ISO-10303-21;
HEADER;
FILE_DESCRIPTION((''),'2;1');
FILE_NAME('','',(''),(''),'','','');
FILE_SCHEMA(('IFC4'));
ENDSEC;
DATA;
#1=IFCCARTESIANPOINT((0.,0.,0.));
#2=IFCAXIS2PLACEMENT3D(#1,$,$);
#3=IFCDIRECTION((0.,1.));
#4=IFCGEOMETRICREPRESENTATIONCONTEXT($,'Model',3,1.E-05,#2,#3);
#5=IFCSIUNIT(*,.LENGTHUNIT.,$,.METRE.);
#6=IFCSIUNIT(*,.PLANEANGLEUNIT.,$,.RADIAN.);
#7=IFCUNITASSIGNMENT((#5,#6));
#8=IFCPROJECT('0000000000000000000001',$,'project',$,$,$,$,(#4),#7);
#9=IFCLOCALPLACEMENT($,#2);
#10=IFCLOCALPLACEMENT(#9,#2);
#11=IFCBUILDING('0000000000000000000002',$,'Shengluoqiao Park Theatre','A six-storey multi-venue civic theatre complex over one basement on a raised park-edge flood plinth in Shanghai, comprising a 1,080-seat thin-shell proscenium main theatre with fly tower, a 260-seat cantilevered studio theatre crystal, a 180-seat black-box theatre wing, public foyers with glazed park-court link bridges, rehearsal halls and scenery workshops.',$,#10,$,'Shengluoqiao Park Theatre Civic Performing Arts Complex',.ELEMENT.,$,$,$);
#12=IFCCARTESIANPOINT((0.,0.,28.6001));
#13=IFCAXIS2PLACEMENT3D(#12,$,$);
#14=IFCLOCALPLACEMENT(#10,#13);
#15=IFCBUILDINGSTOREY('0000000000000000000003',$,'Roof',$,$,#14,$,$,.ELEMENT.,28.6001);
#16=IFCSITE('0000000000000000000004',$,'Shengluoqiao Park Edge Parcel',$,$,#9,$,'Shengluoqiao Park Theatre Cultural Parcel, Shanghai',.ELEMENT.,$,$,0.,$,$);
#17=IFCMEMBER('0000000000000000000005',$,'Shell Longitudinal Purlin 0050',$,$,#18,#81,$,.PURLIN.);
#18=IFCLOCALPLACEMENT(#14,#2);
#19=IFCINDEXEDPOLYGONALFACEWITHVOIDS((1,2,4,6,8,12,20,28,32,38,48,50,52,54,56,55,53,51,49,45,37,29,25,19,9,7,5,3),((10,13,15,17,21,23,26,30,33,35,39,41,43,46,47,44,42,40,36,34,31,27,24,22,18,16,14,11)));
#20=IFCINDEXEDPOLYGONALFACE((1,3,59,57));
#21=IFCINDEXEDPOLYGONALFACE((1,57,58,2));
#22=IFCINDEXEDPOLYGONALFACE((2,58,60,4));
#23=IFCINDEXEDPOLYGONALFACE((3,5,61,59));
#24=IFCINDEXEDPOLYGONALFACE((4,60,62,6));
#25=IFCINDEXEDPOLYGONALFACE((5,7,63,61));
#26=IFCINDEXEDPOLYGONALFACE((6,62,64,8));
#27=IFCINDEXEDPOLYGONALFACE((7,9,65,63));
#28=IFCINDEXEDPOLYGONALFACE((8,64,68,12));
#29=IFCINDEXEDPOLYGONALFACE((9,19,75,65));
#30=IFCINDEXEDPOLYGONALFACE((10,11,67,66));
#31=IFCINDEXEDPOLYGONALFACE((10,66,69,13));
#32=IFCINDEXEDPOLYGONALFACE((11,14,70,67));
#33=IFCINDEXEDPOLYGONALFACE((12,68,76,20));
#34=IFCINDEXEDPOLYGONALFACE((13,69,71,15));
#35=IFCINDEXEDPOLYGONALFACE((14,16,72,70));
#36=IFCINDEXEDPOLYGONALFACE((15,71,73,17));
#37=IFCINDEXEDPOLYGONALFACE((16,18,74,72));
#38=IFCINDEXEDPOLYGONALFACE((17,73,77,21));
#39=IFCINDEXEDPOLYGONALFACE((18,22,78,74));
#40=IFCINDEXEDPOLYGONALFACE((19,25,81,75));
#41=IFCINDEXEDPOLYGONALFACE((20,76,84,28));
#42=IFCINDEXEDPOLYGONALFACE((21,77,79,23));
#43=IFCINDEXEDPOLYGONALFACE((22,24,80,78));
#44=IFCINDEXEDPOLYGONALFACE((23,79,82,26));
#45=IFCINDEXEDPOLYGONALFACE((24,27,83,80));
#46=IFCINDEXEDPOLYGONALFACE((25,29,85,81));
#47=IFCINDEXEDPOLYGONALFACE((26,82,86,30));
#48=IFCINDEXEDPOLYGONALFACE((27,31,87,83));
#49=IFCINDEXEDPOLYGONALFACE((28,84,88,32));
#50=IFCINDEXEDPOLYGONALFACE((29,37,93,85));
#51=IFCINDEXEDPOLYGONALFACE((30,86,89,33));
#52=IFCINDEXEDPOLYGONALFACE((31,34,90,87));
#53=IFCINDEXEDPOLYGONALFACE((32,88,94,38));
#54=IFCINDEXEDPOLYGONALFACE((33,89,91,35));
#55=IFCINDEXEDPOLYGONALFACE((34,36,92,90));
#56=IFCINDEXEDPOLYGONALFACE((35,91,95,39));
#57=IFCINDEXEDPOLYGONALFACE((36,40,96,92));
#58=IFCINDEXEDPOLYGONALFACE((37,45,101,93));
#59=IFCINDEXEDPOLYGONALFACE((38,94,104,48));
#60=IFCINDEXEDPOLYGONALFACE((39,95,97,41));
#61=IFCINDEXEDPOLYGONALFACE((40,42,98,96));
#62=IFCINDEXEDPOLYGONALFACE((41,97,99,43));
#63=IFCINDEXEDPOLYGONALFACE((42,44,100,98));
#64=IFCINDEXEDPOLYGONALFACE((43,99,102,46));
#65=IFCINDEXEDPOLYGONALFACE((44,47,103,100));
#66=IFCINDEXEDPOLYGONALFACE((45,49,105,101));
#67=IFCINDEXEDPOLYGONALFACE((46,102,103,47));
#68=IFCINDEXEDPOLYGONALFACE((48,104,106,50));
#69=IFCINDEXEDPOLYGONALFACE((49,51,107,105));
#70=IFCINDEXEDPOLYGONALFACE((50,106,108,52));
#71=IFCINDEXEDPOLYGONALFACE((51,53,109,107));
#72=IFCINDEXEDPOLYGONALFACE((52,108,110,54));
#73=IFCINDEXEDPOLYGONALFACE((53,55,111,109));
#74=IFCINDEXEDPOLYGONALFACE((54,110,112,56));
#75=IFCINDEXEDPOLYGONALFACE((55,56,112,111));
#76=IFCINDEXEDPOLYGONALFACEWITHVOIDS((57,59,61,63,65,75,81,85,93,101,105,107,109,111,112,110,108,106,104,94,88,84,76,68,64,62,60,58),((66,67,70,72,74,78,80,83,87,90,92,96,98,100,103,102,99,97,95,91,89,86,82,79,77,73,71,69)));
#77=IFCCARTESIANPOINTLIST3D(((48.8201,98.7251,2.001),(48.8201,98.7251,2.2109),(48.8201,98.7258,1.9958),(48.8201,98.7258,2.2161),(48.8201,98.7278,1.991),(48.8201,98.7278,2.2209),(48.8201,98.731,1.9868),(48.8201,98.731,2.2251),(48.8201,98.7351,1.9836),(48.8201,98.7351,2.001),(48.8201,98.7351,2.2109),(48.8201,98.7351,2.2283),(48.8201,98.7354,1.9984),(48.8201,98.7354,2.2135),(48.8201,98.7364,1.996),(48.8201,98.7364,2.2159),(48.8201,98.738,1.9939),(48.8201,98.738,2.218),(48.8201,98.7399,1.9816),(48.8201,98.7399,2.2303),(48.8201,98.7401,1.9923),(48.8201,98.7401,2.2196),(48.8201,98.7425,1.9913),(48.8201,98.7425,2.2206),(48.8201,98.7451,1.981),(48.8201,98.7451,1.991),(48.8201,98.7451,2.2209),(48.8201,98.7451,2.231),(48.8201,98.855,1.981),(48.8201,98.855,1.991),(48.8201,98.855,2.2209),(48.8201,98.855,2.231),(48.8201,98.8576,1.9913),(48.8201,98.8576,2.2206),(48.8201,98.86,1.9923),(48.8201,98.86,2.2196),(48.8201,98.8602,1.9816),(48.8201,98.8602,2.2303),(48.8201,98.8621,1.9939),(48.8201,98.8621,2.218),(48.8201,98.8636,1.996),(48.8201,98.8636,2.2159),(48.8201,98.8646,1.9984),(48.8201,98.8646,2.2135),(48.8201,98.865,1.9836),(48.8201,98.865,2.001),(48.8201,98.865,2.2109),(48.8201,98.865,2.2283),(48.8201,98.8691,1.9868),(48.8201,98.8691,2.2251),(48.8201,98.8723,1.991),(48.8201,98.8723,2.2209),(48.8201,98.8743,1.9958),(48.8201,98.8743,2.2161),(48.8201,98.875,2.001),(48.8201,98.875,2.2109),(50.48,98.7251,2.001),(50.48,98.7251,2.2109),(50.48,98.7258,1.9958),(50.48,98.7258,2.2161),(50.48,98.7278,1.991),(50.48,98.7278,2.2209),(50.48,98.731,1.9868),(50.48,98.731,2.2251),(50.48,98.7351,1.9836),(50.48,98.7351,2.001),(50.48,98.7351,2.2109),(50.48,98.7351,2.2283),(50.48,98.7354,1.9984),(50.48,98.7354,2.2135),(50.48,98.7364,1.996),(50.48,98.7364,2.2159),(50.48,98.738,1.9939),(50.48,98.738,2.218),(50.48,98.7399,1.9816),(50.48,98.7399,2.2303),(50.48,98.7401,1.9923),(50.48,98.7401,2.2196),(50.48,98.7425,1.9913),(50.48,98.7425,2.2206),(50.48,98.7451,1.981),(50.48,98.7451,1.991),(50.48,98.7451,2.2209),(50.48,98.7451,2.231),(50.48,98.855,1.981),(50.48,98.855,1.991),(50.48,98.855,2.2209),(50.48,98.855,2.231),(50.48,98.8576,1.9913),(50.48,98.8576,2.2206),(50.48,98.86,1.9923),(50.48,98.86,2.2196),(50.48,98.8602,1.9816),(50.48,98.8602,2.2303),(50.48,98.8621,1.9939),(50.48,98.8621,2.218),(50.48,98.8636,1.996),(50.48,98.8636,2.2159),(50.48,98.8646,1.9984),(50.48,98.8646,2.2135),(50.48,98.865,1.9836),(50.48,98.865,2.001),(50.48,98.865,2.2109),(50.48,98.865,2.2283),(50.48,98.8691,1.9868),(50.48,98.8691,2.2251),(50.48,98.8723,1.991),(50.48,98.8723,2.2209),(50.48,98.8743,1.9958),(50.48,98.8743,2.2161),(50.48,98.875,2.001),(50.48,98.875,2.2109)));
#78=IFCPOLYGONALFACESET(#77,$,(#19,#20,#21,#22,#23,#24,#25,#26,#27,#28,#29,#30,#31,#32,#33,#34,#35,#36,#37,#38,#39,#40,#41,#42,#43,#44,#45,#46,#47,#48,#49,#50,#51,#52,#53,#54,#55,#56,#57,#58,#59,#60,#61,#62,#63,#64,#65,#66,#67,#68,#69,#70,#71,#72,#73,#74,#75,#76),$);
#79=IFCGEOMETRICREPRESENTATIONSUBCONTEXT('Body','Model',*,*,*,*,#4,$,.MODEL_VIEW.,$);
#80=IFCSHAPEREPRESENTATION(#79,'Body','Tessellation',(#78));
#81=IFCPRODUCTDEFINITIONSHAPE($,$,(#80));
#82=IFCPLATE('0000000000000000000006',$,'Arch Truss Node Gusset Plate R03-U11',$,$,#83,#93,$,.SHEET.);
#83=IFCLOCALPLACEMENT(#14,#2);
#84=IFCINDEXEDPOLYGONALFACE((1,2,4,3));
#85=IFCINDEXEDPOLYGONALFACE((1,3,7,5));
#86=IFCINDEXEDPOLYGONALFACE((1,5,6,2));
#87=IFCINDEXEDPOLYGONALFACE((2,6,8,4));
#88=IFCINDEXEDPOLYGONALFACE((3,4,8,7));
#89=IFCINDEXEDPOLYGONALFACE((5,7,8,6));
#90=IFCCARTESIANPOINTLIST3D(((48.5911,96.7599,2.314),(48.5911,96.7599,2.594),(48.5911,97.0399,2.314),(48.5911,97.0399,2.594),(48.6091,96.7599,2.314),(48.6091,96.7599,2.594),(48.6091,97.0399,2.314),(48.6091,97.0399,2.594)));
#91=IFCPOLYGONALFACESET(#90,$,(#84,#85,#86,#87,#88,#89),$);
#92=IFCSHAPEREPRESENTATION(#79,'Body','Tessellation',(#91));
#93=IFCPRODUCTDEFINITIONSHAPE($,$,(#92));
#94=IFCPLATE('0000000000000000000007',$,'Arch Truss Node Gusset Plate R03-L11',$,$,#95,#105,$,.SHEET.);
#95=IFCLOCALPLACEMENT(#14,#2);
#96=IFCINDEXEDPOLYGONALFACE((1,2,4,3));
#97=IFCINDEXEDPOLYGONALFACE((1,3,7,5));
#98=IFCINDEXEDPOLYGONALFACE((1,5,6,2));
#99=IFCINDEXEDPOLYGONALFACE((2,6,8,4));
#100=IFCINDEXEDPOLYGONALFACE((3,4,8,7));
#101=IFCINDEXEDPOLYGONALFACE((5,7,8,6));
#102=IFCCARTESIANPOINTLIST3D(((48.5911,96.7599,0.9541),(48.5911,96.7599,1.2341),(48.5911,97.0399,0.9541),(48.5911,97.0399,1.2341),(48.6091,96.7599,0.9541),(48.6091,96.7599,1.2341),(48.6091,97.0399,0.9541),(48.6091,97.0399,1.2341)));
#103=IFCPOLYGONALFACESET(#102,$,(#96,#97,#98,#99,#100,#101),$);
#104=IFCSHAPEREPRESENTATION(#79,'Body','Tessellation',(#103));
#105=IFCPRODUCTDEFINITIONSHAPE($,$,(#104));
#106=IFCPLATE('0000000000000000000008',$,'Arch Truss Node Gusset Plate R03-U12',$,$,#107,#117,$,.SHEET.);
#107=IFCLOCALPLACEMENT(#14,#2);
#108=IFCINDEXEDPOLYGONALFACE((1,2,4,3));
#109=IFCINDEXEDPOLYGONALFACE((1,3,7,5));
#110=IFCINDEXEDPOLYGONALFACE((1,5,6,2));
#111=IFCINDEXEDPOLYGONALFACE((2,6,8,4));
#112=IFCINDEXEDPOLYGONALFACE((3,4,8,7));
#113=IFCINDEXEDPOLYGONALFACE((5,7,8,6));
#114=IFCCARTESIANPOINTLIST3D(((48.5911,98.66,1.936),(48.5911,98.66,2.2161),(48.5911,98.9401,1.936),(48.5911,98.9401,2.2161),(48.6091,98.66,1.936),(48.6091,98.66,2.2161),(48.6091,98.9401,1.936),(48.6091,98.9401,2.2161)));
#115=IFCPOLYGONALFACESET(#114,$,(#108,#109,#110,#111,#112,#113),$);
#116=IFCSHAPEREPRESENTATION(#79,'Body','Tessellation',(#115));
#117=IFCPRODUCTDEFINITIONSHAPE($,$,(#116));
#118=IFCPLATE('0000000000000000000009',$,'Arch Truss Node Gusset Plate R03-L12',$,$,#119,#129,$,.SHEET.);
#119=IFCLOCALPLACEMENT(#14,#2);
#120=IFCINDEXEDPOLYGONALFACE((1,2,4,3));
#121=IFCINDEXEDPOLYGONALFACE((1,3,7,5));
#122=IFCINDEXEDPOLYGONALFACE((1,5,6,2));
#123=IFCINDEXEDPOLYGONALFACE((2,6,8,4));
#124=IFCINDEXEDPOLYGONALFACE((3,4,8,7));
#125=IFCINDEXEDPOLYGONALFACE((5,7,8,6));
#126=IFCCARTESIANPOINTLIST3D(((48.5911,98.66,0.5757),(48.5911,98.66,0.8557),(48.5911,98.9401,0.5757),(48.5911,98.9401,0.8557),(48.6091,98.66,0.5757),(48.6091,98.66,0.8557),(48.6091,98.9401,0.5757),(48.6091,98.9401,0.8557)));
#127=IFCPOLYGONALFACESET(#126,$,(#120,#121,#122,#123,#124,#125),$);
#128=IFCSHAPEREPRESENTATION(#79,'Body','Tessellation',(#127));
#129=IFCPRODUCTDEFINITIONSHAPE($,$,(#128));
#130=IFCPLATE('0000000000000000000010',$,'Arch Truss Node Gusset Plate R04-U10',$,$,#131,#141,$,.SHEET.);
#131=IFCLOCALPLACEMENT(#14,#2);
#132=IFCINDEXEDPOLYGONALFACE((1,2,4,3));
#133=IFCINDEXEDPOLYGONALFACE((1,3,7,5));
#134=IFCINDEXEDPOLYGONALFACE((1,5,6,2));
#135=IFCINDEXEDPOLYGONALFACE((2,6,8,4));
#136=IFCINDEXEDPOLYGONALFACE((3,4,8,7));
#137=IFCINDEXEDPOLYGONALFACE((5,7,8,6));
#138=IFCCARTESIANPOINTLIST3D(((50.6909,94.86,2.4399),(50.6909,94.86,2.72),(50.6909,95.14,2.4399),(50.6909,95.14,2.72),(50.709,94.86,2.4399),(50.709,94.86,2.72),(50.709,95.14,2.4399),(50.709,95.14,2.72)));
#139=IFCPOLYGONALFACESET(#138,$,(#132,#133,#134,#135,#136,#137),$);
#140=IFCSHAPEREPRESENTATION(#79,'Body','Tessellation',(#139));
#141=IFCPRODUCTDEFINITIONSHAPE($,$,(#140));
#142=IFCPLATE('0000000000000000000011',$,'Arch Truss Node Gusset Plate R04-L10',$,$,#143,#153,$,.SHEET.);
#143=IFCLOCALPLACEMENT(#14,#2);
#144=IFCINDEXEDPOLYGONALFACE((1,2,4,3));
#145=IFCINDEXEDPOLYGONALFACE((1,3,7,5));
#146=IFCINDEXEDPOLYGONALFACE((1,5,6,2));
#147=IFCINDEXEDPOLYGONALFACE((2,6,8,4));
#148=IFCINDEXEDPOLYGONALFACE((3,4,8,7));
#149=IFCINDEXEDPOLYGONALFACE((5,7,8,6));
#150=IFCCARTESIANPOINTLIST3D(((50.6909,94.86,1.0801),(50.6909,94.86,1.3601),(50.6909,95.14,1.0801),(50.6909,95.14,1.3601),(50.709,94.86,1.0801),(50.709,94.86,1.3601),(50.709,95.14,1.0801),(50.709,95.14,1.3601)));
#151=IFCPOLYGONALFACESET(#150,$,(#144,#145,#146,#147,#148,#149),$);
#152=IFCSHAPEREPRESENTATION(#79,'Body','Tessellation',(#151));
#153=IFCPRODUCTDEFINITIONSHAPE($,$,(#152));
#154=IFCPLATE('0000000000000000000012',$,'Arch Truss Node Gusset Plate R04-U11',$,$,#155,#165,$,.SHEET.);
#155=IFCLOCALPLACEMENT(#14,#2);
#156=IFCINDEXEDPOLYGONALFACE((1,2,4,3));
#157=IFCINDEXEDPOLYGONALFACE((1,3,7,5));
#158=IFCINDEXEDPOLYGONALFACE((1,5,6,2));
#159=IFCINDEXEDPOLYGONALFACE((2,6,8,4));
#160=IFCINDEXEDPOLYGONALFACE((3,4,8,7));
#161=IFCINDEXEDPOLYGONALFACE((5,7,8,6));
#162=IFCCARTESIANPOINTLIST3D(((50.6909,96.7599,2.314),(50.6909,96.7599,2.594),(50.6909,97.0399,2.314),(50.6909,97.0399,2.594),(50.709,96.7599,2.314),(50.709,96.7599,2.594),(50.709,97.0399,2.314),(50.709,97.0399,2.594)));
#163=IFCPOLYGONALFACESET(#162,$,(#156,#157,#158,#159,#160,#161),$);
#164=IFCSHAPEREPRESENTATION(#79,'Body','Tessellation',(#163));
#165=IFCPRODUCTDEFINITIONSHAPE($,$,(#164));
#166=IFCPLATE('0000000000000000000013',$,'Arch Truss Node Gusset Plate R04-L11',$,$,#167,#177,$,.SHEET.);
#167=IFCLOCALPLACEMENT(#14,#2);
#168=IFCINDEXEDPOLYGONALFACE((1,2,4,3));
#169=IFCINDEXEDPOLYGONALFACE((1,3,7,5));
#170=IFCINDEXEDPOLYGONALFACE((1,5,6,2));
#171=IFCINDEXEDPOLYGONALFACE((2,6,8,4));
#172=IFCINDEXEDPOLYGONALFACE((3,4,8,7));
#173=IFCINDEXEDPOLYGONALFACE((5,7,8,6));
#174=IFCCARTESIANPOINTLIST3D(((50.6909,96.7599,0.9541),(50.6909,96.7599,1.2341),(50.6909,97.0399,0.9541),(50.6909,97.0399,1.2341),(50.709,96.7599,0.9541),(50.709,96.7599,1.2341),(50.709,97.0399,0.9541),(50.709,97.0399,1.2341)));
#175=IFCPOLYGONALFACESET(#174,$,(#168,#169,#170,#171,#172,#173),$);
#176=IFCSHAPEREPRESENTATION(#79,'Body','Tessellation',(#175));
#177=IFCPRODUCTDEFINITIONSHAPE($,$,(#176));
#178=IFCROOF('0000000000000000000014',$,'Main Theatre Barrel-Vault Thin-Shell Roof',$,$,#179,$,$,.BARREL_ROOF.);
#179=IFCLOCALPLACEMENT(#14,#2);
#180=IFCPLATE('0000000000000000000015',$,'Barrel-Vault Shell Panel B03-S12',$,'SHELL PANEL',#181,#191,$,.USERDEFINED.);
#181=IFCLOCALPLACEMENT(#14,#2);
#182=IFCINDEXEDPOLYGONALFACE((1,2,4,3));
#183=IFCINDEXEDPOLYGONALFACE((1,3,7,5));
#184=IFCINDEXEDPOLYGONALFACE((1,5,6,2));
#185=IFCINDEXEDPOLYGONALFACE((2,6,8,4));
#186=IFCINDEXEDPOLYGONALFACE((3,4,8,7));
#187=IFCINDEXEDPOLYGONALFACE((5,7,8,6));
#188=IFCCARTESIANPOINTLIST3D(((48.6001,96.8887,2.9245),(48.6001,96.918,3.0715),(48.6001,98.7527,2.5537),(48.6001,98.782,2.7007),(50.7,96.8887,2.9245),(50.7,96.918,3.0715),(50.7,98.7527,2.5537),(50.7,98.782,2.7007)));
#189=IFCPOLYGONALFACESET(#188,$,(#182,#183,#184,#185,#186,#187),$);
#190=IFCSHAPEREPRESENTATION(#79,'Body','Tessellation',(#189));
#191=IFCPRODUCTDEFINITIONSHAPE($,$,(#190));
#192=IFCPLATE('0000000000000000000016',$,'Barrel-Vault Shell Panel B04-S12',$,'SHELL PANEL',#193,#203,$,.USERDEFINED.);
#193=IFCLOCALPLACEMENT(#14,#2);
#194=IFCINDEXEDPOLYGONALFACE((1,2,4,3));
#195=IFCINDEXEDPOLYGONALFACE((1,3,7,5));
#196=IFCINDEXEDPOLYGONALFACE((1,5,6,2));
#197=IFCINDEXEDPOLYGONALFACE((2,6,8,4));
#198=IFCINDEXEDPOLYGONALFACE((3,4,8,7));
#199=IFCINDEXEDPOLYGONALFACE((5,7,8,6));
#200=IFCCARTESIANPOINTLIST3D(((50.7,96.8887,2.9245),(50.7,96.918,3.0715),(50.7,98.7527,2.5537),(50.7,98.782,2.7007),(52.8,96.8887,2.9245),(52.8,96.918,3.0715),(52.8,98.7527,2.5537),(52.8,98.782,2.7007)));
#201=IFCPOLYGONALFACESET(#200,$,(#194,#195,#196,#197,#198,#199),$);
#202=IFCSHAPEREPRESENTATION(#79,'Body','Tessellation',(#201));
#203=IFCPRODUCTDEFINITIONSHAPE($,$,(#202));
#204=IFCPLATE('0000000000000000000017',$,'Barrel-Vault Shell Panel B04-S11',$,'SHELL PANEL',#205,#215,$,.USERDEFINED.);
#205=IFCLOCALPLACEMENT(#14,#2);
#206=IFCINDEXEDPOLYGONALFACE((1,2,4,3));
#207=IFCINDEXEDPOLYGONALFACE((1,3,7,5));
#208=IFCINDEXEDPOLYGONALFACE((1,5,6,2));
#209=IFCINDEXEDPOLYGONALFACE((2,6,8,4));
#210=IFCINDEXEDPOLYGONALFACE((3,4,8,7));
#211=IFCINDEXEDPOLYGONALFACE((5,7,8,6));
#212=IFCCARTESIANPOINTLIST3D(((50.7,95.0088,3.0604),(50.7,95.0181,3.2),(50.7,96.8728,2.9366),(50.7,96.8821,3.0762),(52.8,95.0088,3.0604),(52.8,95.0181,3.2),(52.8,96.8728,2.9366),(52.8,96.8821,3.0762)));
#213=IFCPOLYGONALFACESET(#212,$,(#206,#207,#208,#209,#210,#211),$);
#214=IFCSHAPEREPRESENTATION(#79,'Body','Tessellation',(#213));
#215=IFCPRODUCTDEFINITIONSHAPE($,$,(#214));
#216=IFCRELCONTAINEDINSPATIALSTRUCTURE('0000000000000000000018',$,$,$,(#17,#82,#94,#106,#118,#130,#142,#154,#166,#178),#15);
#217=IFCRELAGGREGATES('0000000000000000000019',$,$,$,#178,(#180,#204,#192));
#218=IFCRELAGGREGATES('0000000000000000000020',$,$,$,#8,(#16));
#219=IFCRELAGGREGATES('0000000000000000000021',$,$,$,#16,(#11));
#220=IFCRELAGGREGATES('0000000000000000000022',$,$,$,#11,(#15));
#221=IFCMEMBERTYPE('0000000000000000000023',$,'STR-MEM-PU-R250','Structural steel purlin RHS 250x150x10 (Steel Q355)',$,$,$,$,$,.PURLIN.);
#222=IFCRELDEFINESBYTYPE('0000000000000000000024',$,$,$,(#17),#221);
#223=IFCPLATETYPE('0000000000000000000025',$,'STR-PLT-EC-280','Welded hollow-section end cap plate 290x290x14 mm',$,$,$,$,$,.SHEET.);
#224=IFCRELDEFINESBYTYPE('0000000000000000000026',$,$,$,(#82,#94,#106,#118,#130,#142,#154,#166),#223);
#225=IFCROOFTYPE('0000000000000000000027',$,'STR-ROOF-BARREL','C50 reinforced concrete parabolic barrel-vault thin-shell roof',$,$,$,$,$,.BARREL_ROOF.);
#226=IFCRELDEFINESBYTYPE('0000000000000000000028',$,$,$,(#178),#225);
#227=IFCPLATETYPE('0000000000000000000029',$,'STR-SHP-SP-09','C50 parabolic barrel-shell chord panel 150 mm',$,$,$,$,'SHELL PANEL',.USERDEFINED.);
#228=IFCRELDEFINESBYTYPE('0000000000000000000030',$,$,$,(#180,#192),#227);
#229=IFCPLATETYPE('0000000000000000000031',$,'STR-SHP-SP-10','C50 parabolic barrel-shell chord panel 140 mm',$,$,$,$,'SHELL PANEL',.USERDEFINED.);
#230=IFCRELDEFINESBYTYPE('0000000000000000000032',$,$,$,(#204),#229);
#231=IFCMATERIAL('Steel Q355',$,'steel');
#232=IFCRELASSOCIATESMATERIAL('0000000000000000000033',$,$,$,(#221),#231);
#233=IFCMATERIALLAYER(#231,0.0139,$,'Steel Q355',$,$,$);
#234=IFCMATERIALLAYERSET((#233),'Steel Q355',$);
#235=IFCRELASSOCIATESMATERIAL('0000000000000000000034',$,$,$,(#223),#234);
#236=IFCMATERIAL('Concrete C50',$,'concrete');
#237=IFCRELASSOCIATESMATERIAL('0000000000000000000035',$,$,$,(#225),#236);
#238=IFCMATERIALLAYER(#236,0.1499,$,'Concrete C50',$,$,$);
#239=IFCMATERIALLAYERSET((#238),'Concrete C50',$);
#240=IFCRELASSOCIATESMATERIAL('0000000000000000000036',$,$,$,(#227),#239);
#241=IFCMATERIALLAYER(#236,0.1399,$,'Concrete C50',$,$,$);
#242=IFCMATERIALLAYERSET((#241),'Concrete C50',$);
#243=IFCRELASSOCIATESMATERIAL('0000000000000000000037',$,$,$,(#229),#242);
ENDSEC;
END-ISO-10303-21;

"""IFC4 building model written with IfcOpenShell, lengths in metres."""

from ifc_helpers import new_model, si_unit, direction, frame, origin, origin_2d, place, context, subcontext, project, spatial, polyline, rectangle, hollow_rectangle, outline, extrude, material, layer, layer_set, material_profile, profile_set, type_object, element, aggregate, save


model = new_model("IFC4")

# Units and contexts
model_context = context("Model", 3, precision=1e-05, world=origin(), true_north=direction((0.0, 1.0)))
body_context = subcontext(model_context, "Body", "Model", "MODEL_VIEW")
ifc_project = project(units=[si_unit("LENGTHUNIT", "METRE"), si_unit("PLANEANGLEUNIT", "RADIAN")], contexts=[model_context])

# Site, building, storey
site_placement = place(None, origin())
site = spatial("IfcSite", under=ifc_project, at=site_placement, Name="Shengluoqiao Park Edge Parcel", LongName="Shengluoqiao Park Theatre Cultural Parcel, Shanghai", CompositionType="ELEMENT", RefElevation=0.0)
building_placement = place(site_placement, origin())
building = spatial("IfcBuilding", under=site, at=building_placement, Name="Shengluoqiao Park Theatre", Description="A six-storey multi-venue civic theatre complex over one basement on a raised park-edge flood plinth in Shanghai, comprising a 1,080-seat thin-shell proscenium main theatre with fly tower, a 260-seat cantilevered studio theatre crystal, a 180-seat black-box theatre wing, public foyers with glazed park-court link bridges, rehearsal halls and scenery workshops.", LongName="Shengluoqiao Park Theatre Civic Performing Arts Complex", CompositionType="ELEMENT")
storey_placement = place(building_placement, frame((0.0, 0.0, 28.6001)))
storey = spatial("IfcBuildingStorey", under=building, at=storey_placement, Name="Roof", CompositionType="ELEMENT", Elevation=28.6001)

# Shared definitions
ifc_material_1 = material(Name="Concrete C50", Category="concrete")
ifc_material_2 = material(Name="Steel Q355", Category="steel")

# Member
ifc_material_profile_1 = material_profile(ifc_material_2, hollow_rectangle(XDim=0.1499, YDim=0.25, WallThickness=0.01, InnerFilletRadius=0.01, OuterFilletRadius=0.02, at=origin_2d()), Name="RHS 250x150x10")
ifc_profile_set_1 = profile_set([ifc_material_profile_1], Name="Steel Q355")
member_type_1 = type_object("IfcMemberType", Name="STR-MEM-PU-R250", Description="Structural steel purlin RHS 250x150x10 (Steel Q355)", PredefinedType="PURLIN", material=ifc_profile_set_1)
member_1_placement = place(storey_placement, frame((48.8201, 98.8, 2.106), z_axis=(1.0, 0.0, 0.0), x_axis=(0.0, 1.0, 0.0)))
element("IfcMember", 1, at=member_1_placement, inside=storey, type_object=member_type_1, Name="Shell Longitudinal Purlin 0050", PredefinedType="PURLIN", context=body_context, shape_type="SweptSolid", body=[
    extrude(hollow_rectangle(XDim=0.1499, YDim=0.25, WallThickness=0.01, InnerFilletRadius=0.01, OuterFilletRadius=0.02, at=origin_2d()), origin(), (0.0, 0.0, 1.0), 1.6599),
])

# Plates
ifc_layer_1 = layer(ifc_material_2, 0.0139, Name="Steel Q355")
ifc_layer_set_1 = layer_set([ifc_layer_1], Name="Steel Q355")
plate_type_1 = type_object("IfcPlateType", Name="STR-PLT-EC-280", Description="Welded hollow-section end cap plate 290x290x14 mm", PredefinedType="SHEET", material=ifc_layer_set_1)
for number, where, z_axis, x_axis, name in (
    (2, (48.6001, 96.8999, 2.314), (0.0, 0.0, 1.0), (1.0, 0.0, 0.0), "Arch Truss Node Gusset Plate R03-U11"),
    (3, (48.6001, 96.8999, 0.9541), (0.0, 0.0, 1.0), (1.0, 0.0, 0.0), "Arch Truss Node Gusset Plate R03-L11"),
    (4, (48.6001, 98.8, 1.936), (0.0, 0.0, 1.0), (1.0, 0.0, 0.0), "Arch Truss Node Gusset Plate R03-U12"),
    (5, (48.6001, 98.8, 0.5757), (0.0, 0.0, 1.0), (1.0, 0.0, 0.0), "Arch Truss Node Gusset Plate R03-L12"),
    (6, (50.7, 95.0, 2.4399), (0.0, 0.0, 1.0), (1.0, 0.0, 0.0), "Arch Truss Node Gusset Plate R04-U10"),
    (7, (50.7, 95.0, 1.0801), (0.0, 0.0, 1.0), (1.0, 0.0, 0.0), "Arch Truss Node Gusset Plate R04-L10"),
    (8, (50.7, 96.8999, 2.314), (0.0, 0.0, 1.0), (1.0, 0.0, 0.0), "Arch Truss Node Gusset Plate R04-U11"),
    (9, (50.7, 96.8999, 0.9541), (0.0, 0.0, 1.0), (1.0, 0.0, 0.0), "Arch Truss Node Gusset Plate R04-L11"),
):
    element("IfcPlate", number, at=place(storey_placement, frame(where, z_axis=z_axis, x_axis=x_axis)), inside=storey, type_object=plate_type_1, Name=name, PredefinedType="SHEET", context=body_context, shape_type="SweptSolid", body=[
        extrude(rectangle(XDim=0.0181, YDim=0.28, at=origin_2d()), origin(), (0.0, 0.0, 1.0), 0.28),
    ])

# Roof, plates
roof_type = type_object("IfcRoofType", Name="STR-ROOF-BARREL", Description="C50 reinforced concrete parabolic barrel-vault thin-shell roof", PredefinedType="BARREL_ROOF", material=ifc_material_1)
roof_placement = place(storey_placement, origin())
roof = element("IfcRoof", 10, at=roof_placement, inside=storey, type_object=roof_type, Name="Main Theatre Barrel-Vault Thin-Shell Roof", PredefinedType="BARREL_ROOF")
ifc_layer_2 = layer(ifc_material_1, 0.1499, Name="Concrete C50")
ifc_layer_set_2 = layer_set([ifc_layer_2], Name="Concrete C50")
plate_type_2 = type_object("IfcPlateType", Name="STR-SHP-SP-09", Description="C50 parabolic barrel-shell chord panel 150 mm", ElementType="SHELL PANEL", PredefinedType="USERDEFINED", material=ifc_layer_set_2)
plate_1_placement = place(storey_placement, frame((48.6001, 96.918, 3.0715), z_axis=(0.0, 0.195128, 0.980778), x_axis=(1.0, 0.0, 0.0)))
plate_1 = element("IfcPlate", 11, at=plate_1_placement, type_object=plate_type_2, Name="Barrel-Vault Shell Panel B03-S12", ObjectType="SHELL PANEL", PredefinedType="USERDEFINED", context=body_context, shape_type="SweptSolid", body=[
    extrude(outline(polyline([(0.0, 0.0), (2.0999, 0.0), (2.0999, 1.9005), (0.0, 1.9005), (0.0, 0.0)])), origin(), (0.0, 0.0, -1.0), 0.1499),
])
plate_2_placement = place(storey_placement, frame((50.7, 96.918, 3.0715), z_axis=(0.0, 0.195128, 0.980778), x_axis=(1.0, 0.0, 0.0)))
plate_2 = element("IfcPlate", 12, at=plate_2_placement, type_object=plate_type_2, Name="Barrel-Vault Shell Panel B04-S12", ObjectType="SHELL PANEL", PredefinedType="USERDEFINED", context=body_context, shape_type="SweptSolid", body=[
    extrude(outline(polyline([(0.0, 0.0), (2.1001, 0.0), (2.1001, 1.9005), (0.0, 1.9005), (0.0, 0.0)])), origin(), (0.0, 0.0, -1.0), 0.1499),
])
ifc_layer_3 = layer(ifc_material_1, 0.1399, Name="Concrete C50")
ifc_layer_set_3 = layer_set([ifc_layer_3], Name="Concrete C50")
plate_type_3 = type_object("IfcPlateType", Name="STR-SHP-SP-10", Description="C50 parabolic barrel-shell chord panel 140 mm", ElementType="SHELL PANEL", PredefinedType="USERDEFINED", material=ifc_layer_set_3)
plate_3_placement = place(storey_placement, frame((50.7, 95.0181, 3.2), z_axis=(0.0, 0.066259, 0.997802), x_axis=(1.0, 0.0, 0.0)))
plate_3 = element("IfcPlate", 13, at=plate_3_placement, type_object=plate_type_3, Name="Barrel-Vault Shell Panel B04-S11", ObjectType="SHELL PANEL", PredefinedType="USERDEFINED", context=body_context, shape_type="SweptSolid", body=[
    extrude(outline(polyline([(0.0, 0.0), (2.1001, 0.0), (2.1001, 1.8681), (0.0, 1.8681), (0.0, 0.0)])), origin(), (0.0, 0.0, -1.0), 0.1399),
])
aggregate(roof, [plate_1, plate_3, plate_2])

save(model, "model.ifc")
